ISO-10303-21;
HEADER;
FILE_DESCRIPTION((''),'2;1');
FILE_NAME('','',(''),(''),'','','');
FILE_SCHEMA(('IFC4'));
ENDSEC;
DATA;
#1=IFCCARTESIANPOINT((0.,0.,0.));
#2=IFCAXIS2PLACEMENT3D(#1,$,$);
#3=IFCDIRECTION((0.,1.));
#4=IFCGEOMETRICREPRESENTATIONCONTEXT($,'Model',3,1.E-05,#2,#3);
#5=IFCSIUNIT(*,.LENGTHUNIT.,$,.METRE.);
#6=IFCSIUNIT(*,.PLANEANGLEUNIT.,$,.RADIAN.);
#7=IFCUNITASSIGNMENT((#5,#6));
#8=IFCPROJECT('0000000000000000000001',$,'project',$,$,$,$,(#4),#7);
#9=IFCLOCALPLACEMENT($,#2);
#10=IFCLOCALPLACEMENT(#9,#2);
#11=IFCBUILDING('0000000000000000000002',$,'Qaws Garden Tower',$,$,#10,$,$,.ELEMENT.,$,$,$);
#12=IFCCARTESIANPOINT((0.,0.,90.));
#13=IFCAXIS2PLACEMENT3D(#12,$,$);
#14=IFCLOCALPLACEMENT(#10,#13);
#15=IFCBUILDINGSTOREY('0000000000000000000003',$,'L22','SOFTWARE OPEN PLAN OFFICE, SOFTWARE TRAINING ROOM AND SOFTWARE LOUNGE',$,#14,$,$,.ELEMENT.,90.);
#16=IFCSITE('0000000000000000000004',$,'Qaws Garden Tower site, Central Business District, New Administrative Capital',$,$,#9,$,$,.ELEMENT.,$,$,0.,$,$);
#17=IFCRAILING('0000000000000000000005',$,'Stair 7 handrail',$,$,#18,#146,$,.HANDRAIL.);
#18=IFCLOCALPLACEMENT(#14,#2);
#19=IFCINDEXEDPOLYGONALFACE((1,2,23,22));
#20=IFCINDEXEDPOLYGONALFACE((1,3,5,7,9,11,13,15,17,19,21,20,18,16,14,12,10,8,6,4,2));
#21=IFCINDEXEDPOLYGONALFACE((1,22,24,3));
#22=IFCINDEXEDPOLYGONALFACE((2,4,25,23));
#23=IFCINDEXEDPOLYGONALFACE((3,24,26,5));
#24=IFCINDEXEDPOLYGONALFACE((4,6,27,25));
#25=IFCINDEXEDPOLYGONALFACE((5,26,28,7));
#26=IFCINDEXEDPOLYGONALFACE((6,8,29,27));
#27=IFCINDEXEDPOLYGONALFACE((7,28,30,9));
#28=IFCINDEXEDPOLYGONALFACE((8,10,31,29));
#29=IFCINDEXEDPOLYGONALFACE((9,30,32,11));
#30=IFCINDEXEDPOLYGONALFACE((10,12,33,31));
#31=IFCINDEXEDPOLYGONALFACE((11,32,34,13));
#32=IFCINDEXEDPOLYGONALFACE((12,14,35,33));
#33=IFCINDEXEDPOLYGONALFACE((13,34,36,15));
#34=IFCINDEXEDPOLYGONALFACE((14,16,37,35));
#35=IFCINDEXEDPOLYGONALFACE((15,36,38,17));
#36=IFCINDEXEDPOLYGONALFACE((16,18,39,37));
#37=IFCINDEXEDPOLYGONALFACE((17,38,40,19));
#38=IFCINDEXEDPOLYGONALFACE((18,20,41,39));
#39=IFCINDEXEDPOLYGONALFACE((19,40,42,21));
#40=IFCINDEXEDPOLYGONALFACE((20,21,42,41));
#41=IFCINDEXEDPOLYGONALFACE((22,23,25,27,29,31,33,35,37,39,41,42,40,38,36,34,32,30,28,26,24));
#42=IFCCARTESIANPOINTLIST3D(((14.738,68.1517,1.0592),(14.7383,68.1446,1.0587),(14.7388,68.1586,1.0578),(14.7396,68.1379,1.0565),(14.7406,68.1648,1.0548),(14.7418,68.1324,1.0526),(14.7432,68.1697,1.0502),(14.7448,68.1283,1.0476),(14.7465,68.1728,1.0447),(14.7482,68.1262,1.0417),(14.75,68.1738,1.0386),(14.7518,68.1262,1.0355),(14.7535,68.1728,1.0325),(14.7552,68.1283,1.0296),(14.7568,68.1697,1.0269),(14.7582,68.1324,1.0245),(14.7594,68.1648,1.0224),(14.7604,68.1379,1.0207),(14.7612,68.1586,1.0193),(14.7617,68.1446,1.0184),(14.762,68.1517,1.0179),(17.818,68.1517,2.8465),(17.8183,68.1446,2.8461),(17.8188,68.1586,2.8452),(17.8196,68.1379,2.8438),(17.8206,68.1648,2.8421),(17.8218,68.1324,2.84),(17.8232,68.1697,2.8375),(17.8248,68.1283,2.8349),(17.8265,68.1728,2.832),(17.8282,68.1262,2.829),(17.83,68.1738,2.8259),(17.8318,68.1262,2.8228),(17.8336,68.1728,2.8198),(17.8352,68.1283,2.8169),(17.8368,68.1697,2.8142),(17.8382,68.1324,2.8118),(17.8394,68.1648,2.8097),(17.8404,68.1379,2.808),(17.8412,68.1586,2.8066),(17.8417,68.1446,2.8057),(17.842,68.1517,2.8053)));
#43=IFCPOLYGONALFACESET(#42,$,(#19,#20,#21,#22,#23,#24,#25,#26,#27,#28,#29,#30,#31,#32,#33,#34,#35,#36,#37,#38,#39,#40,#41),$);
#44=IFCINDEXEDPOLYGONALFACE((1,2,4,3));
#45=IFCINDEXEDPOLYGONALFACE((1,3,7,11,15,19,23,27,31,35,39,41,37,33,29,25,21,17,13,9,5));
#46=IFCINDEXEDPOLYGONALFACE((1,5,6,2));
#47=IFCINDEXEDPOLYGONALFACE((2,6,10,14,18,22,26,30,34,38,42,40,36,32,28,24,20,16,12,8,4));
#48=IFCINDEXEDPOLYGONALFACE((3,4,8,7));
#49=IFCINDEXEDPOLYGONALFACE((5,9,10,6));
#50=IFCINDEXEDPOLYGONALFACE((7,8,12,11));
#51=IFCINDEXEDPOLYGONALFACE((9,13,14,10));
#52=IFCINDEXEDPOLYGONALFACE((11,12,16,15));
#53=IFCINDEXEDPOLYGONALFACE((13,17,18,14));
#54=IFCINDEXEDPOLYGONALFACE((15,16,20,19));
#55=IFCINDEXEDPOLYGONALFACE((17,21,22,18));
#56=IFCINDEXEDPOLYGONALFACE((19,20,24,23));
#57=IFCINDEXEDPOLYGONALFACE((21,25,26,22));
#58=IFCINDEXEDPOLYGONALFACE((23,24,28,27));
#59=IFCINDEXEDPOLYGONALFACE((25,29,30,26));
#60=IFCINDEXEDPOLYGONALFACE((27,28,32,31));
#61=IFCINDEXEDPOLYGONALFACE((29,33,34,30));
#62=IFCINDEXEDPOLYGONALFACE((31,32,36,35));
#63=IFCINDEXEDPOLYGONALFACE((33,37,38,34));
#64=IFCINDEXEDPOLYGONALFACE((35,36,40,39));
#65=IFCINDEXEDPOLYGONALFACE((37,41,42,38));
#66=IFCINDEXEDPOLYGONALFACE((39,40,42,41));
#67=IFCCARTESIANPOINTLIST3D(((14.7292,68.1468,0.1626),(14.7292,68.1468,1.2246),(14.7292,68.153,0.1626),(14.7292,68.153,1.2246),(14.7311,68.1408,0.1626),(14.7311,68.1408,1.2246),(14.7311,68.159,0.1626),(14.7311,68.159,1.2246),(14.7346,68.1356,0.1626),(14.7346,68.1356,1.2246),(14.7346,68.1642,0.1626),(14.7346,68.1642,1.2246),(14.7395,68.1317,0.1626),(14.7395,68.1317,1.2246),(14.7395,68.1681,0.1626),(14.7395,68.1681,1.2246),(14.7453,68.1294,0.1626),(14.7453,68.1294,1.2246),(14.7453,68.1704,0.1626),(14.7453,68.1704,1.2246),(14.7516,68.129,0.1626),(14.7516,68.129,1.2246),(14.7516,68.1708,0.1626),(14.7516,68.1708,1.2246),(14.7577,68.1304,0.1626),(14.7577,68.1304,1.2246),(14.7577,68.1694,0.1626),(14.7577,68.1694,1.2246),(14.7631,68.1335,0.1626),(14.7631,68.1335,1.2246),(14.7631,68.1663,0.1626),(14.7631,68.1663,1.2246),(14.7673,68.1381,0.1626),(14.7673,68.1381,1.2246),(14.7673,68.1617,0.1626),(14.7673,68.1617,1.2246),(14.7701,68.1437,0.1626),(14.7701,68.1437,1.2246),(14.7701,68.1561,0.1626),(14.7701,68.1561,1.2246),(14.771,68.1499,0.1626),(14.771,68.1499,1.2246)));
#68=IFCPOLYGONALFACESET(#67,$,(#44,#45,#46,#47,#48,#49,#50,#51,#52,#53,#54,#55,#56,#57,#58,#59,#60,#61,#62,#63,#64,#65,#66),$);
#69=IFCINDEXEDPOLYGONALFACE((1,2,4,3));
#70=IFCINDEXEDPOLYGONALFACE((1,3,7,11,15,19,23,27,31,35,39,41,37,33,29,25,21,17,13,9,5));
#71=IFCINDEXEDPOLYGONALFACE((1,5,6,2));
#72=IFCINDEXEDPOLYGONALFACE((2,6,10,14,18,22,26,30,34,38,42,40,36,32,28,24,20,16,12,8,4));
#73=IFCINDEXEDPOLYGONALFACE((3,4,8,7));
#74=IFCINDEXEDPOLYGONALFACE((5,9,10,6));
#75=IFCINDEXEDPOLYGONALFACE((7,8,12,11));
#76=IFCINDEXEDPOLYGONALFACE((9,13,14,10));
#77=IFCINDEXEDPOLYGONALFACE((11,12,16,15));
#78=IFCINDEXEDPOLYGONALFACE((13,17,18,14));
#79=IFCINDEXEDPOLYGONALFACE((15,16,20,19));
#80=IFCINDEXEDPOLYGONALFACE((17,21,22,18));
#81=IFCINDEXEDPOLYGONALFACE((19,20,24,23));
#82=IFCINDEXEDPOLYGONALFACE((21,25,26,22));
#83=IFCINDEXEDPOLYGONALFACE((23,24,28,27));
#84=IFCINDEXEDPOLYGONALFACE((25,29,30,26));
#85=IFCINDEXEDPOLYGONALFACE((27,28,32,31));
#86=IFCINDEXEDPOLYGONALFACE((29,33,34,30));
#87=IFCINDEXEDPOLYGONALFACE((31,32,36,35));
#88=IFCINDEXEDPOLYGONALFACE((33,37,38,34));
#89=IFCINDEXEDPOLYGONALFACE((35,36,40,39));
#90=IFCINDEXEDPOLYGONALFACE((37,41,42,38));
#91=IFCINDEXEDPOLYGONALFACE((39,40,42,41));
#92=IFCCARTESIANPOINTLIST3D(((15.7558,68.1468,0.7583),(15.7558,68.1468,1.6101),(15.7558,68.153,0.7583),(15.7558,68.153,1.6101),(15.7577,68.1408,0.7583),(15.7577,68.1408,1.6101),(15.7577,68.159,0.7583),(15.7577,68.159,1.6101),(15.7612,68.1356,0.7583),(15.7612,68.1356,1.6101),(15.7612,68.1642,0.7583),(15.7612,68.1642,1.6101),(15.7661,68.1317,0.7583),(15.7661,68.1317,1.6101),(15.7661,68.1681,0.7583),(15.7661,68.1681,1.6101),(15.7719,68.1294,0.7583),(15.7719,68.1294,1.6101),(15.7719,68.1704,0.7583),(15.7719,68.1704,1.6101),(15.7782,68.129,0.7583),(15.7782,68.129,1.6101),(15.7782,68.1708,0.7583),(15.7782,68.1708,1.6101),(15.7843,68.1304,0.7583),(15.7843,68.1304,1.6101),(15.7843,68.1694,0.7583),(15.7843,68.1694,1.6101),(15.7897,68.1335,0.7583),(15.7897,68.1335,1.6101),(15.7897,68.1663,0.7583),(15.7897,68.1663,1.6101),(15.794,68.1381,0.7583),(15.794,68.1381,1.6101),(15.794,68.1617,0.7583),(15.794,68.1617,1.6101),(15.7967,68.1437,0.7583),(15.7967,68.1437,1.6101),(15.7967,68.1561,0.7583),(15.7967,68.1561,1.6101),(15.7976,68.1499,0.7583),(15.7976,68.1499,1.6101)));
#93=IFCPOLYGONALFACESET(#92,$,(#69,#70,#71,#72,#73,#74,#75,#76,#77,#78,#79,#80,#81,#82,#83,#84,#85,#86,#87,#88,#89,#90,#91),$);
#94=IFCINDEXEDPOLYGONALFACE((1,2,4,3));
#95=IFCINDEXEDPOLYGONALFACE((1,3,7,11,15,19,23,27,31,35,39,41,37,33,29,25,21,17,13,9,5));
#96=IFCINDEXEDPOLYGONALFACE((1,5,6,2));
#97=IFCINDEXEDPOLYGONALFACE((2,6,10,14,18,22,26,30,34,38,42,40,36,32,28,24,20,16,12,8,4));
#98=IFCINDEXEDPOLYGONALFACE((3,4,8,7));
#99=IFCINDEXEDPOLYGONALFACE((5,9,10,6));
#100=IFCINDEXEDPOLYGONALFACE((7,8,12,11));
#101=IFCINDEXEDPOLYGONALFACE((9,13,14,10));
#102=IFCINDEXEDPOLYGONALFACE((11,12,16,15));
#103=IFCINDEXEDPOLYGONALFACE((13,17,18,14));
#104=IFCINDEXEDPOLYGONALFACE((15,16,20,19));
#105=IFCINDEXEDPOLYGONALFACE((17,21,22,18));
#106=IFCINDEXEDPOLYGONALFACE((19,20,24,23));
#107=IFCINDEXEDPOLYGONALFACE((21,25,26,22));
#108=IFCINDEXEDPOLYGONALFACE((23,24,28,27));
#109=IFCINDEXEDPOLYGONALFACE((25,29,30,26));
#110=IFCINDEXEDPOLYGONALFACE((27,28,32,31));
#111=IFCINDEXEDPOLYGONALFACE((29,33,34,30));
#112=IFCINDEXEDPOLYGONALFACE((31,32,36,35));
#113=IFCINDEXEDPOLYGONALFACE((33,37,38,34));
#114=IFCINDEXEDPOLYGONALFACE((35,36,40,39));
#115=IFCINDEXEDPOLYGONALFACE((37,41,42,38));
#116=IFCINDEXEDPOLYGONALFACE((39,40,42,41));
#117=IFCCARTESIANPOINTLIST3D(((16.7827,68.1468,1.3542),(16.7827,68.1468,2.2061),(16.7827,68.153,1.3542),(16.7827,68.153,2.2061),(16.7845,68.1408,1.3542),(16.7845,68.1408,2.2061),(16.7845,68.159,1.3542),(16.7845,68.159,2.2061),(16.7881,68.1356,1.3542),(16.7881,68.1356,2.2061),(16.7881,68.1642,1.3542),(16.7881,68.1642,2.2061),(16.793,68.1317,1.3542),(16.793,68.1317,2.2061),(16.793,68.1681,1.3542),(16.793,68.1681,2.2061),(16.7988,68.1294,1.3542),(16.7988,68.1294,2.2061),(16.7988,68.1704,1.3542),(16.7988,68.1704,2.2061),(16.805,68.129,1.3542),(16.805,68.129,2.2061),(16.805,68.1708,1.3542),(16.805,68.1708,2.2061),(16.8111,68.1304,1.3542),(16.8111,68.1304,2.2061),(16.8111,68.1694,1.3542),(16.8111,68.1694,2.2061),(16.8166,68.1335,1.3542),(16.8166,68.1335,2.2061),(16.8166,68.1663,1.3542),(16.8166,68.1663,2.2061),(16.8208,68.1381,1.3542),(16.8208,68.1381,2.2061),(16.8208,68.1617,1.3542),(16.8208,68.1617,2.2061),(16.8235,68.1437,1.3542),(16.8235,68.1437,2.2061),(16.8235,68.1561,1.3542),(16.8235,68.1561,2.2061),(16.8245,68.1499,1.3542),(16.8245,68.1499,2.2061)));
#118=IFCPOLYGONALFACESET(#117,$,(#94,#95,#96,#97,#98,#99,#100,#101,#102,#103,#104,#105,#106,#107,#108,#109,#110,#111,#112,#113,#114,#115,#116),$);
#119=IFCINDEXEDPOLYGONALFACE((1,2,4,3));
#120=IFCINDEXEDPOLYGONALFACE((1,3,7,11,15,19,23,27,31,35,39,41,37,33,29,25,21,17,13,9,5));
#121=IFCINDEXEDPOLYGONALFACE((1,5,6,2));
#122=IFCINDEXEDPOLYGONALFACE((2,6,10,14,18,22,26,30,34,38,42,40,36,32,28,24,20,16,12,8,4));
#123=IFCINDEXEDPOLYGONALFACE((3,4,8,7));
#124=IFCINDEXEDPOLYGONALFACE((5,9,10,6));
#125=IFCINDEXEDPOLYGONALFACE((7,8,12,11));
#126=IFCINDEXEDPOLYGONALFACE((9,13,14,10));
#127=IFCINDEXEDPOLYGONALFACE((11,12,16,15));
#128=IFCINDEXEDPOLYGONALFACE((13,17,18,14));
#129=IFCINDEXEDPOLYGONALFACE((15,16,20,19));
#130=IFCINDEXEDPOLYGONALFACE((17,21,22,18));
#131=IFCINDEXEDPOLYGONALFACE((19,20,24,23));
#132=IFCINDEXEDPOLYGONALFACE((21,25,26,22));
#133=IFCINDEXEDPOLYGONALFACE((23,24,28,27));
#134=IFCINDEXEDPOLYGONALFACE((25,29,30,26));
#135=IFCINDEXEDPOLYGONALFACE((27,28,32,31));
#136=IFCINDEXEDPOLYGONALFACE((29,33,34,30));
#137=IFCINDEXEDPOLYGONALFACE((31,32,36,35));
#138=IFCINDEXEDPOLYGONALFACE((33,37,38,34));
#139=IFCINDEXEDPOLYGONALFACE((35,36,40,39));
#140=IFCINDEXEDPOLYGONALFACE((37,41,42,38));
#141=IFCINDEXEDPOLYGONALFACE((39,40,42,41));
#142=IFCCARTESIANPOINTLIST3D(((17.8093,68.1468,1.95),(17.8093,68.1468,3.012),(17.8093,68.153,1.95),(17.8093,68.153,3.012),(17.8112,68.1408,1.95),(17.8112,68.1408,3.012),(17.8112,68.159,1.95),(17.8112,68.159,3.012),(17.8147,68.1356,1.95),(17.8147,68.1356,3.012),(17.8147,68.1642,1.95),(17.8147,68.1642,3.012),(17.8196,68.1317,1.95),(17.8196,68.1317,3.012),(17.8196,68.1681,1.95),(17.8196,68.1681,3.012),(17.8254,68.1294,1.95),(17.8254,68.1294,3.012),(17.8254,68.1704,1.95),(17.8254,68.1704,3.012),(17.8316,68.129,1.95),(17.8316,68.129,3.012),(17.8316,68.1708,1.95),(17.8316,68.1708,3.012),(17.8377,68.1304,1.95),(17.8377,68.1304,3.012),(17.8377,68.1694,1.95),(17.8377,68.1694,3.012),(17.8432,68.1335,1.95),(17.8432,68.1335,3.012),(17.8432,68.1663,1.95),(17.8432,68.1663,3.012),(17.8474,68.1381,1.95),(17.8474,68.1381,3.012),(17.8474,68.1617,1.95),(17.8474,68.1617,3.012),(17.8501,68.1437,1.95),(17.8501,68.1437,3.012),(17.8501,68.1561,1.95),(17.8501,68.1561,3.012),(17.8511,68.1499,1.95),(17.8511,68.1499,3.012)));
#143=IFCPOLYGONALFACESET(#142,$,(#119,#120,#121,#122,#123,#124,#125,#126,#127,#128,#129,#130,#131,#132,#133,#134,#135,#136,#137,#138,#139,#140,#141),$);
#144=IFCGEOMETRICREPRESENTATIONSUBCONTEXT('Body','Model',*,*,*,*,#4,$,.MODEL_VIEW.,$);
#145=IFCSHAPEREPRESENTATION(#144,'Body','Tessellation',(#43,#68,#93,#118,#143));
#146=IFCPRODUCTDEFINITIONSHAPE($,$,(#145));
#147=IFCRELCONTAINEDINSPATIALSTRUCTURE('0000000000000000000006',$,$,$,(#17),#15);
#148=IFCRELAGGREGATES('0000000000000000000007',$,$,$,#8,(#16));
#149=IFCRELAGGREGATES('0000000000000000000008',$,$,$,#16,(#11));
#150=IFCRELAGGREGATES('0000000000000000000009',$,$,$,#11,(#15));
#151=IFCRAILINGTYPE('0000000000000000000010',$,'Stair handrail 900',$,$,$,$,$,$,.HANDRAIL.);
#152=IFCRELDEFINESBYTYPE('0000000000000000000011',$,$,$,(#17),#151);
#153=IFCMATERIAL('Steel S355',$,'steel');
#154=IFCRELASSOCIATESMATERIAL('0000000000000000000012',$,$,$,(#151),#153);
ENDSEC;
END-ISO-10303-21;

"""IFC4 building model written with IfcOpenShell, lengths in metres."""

from ifc_helpers import new_model, si_unit, direction, frame, origin, origin_2d, place, context, subcontext, project, spatial, circle, extrude, material, type_object, element, save


model = new_model("IFC4")

# Units and contexts
model_context = context("Model", 3, precision=1e-05, world=origin(), true_north=direction((0.0, 1.0)))
body_context = subcontext(model_context, "Body", "Model", "MODEL_VIEW")
ifc_project = project(units=[si_unit("LENGTHUNIT", "METRE"), si_unit("PLANEANGLEUNIT", "RADIAN")], contexts=[model_context])

# Site, building, storey
site_placement = place(None, origin())
site = spatial("IfcSite", under=ifc_project, at=site_placement, Name="Qaws Garden Tower site, Central Business District, New Administrative Capital", CompositionType="ELEMENT", RefElevation=0.0)
building_placement = place(site_placement, origin())
building = spatial("IfcBuilding", under=site, at=building_placement, Name="Qaws Garden Tower", CompositionType="ELEMENT")
storey_placement = place(building_placement, frame((0.0, 0.0, 90.0)))
storey = spatial("IfcBuildingStorey", under=building, at=storey_placement, Name="L22", Description="SOFTWARE OPEN PLAN OFFICE, SOFTWARE TRAINING ROOM AND SOFTWARE LOUNGE", CompositionType="ELEMENT", Elevation=90.0)

# Railing
ifc_material_1 = material(Name="Steel S355", Category="steel")
railing_type = type_object("IfcRailingType", Name="Stair handrail 900", PredefinedType="HANDRAIL", material=ifc_material_1)
railing_1_placement = place(storey_placement, frame((14.75, 68.1499, 0.1626)))
element("IfcRailing", 1, at=railing_1_placement, inside=storey, type_object=railing_type, Name="Stair 7 handrail", PredefinedType="HANDRAIL", context=body_context, shape_type="SweptSolid", body=[
    extrude(circle(Radius=0.0239, at=origin_2d()), frame((0.0, 0.0, 0.876), z_axis=(0.86492, 0.0, 0.501909), x_axis=(0.0, 1.0, 0.0)), (0.0, 0.0, 1.0), 3.561),
    extrude(circle(Radius=0.021, at=origin_2d()), origin(), (0.0, 0.0, 1.0), 1.062),
    extrude(circle(Radius=0.021, at=origin_2d()), frame((1.0266, 0.0, 0.5957)), (0.0, 0.0, 1.0), 0.8518),
    extrude(circle(Radius=0.021, at=origin_2d()), frame((2.0535, 0.0, 1.1917)), (0.0, 0.0, 1.0), 0.8518),
    extrude(circle(Radius=0.021, at=origin_2d()), frame((3.0801, 0.0, 1.7874)), (0.0, 0.0, 1.0), 1.062),
])

save(model, "model.ifc")
